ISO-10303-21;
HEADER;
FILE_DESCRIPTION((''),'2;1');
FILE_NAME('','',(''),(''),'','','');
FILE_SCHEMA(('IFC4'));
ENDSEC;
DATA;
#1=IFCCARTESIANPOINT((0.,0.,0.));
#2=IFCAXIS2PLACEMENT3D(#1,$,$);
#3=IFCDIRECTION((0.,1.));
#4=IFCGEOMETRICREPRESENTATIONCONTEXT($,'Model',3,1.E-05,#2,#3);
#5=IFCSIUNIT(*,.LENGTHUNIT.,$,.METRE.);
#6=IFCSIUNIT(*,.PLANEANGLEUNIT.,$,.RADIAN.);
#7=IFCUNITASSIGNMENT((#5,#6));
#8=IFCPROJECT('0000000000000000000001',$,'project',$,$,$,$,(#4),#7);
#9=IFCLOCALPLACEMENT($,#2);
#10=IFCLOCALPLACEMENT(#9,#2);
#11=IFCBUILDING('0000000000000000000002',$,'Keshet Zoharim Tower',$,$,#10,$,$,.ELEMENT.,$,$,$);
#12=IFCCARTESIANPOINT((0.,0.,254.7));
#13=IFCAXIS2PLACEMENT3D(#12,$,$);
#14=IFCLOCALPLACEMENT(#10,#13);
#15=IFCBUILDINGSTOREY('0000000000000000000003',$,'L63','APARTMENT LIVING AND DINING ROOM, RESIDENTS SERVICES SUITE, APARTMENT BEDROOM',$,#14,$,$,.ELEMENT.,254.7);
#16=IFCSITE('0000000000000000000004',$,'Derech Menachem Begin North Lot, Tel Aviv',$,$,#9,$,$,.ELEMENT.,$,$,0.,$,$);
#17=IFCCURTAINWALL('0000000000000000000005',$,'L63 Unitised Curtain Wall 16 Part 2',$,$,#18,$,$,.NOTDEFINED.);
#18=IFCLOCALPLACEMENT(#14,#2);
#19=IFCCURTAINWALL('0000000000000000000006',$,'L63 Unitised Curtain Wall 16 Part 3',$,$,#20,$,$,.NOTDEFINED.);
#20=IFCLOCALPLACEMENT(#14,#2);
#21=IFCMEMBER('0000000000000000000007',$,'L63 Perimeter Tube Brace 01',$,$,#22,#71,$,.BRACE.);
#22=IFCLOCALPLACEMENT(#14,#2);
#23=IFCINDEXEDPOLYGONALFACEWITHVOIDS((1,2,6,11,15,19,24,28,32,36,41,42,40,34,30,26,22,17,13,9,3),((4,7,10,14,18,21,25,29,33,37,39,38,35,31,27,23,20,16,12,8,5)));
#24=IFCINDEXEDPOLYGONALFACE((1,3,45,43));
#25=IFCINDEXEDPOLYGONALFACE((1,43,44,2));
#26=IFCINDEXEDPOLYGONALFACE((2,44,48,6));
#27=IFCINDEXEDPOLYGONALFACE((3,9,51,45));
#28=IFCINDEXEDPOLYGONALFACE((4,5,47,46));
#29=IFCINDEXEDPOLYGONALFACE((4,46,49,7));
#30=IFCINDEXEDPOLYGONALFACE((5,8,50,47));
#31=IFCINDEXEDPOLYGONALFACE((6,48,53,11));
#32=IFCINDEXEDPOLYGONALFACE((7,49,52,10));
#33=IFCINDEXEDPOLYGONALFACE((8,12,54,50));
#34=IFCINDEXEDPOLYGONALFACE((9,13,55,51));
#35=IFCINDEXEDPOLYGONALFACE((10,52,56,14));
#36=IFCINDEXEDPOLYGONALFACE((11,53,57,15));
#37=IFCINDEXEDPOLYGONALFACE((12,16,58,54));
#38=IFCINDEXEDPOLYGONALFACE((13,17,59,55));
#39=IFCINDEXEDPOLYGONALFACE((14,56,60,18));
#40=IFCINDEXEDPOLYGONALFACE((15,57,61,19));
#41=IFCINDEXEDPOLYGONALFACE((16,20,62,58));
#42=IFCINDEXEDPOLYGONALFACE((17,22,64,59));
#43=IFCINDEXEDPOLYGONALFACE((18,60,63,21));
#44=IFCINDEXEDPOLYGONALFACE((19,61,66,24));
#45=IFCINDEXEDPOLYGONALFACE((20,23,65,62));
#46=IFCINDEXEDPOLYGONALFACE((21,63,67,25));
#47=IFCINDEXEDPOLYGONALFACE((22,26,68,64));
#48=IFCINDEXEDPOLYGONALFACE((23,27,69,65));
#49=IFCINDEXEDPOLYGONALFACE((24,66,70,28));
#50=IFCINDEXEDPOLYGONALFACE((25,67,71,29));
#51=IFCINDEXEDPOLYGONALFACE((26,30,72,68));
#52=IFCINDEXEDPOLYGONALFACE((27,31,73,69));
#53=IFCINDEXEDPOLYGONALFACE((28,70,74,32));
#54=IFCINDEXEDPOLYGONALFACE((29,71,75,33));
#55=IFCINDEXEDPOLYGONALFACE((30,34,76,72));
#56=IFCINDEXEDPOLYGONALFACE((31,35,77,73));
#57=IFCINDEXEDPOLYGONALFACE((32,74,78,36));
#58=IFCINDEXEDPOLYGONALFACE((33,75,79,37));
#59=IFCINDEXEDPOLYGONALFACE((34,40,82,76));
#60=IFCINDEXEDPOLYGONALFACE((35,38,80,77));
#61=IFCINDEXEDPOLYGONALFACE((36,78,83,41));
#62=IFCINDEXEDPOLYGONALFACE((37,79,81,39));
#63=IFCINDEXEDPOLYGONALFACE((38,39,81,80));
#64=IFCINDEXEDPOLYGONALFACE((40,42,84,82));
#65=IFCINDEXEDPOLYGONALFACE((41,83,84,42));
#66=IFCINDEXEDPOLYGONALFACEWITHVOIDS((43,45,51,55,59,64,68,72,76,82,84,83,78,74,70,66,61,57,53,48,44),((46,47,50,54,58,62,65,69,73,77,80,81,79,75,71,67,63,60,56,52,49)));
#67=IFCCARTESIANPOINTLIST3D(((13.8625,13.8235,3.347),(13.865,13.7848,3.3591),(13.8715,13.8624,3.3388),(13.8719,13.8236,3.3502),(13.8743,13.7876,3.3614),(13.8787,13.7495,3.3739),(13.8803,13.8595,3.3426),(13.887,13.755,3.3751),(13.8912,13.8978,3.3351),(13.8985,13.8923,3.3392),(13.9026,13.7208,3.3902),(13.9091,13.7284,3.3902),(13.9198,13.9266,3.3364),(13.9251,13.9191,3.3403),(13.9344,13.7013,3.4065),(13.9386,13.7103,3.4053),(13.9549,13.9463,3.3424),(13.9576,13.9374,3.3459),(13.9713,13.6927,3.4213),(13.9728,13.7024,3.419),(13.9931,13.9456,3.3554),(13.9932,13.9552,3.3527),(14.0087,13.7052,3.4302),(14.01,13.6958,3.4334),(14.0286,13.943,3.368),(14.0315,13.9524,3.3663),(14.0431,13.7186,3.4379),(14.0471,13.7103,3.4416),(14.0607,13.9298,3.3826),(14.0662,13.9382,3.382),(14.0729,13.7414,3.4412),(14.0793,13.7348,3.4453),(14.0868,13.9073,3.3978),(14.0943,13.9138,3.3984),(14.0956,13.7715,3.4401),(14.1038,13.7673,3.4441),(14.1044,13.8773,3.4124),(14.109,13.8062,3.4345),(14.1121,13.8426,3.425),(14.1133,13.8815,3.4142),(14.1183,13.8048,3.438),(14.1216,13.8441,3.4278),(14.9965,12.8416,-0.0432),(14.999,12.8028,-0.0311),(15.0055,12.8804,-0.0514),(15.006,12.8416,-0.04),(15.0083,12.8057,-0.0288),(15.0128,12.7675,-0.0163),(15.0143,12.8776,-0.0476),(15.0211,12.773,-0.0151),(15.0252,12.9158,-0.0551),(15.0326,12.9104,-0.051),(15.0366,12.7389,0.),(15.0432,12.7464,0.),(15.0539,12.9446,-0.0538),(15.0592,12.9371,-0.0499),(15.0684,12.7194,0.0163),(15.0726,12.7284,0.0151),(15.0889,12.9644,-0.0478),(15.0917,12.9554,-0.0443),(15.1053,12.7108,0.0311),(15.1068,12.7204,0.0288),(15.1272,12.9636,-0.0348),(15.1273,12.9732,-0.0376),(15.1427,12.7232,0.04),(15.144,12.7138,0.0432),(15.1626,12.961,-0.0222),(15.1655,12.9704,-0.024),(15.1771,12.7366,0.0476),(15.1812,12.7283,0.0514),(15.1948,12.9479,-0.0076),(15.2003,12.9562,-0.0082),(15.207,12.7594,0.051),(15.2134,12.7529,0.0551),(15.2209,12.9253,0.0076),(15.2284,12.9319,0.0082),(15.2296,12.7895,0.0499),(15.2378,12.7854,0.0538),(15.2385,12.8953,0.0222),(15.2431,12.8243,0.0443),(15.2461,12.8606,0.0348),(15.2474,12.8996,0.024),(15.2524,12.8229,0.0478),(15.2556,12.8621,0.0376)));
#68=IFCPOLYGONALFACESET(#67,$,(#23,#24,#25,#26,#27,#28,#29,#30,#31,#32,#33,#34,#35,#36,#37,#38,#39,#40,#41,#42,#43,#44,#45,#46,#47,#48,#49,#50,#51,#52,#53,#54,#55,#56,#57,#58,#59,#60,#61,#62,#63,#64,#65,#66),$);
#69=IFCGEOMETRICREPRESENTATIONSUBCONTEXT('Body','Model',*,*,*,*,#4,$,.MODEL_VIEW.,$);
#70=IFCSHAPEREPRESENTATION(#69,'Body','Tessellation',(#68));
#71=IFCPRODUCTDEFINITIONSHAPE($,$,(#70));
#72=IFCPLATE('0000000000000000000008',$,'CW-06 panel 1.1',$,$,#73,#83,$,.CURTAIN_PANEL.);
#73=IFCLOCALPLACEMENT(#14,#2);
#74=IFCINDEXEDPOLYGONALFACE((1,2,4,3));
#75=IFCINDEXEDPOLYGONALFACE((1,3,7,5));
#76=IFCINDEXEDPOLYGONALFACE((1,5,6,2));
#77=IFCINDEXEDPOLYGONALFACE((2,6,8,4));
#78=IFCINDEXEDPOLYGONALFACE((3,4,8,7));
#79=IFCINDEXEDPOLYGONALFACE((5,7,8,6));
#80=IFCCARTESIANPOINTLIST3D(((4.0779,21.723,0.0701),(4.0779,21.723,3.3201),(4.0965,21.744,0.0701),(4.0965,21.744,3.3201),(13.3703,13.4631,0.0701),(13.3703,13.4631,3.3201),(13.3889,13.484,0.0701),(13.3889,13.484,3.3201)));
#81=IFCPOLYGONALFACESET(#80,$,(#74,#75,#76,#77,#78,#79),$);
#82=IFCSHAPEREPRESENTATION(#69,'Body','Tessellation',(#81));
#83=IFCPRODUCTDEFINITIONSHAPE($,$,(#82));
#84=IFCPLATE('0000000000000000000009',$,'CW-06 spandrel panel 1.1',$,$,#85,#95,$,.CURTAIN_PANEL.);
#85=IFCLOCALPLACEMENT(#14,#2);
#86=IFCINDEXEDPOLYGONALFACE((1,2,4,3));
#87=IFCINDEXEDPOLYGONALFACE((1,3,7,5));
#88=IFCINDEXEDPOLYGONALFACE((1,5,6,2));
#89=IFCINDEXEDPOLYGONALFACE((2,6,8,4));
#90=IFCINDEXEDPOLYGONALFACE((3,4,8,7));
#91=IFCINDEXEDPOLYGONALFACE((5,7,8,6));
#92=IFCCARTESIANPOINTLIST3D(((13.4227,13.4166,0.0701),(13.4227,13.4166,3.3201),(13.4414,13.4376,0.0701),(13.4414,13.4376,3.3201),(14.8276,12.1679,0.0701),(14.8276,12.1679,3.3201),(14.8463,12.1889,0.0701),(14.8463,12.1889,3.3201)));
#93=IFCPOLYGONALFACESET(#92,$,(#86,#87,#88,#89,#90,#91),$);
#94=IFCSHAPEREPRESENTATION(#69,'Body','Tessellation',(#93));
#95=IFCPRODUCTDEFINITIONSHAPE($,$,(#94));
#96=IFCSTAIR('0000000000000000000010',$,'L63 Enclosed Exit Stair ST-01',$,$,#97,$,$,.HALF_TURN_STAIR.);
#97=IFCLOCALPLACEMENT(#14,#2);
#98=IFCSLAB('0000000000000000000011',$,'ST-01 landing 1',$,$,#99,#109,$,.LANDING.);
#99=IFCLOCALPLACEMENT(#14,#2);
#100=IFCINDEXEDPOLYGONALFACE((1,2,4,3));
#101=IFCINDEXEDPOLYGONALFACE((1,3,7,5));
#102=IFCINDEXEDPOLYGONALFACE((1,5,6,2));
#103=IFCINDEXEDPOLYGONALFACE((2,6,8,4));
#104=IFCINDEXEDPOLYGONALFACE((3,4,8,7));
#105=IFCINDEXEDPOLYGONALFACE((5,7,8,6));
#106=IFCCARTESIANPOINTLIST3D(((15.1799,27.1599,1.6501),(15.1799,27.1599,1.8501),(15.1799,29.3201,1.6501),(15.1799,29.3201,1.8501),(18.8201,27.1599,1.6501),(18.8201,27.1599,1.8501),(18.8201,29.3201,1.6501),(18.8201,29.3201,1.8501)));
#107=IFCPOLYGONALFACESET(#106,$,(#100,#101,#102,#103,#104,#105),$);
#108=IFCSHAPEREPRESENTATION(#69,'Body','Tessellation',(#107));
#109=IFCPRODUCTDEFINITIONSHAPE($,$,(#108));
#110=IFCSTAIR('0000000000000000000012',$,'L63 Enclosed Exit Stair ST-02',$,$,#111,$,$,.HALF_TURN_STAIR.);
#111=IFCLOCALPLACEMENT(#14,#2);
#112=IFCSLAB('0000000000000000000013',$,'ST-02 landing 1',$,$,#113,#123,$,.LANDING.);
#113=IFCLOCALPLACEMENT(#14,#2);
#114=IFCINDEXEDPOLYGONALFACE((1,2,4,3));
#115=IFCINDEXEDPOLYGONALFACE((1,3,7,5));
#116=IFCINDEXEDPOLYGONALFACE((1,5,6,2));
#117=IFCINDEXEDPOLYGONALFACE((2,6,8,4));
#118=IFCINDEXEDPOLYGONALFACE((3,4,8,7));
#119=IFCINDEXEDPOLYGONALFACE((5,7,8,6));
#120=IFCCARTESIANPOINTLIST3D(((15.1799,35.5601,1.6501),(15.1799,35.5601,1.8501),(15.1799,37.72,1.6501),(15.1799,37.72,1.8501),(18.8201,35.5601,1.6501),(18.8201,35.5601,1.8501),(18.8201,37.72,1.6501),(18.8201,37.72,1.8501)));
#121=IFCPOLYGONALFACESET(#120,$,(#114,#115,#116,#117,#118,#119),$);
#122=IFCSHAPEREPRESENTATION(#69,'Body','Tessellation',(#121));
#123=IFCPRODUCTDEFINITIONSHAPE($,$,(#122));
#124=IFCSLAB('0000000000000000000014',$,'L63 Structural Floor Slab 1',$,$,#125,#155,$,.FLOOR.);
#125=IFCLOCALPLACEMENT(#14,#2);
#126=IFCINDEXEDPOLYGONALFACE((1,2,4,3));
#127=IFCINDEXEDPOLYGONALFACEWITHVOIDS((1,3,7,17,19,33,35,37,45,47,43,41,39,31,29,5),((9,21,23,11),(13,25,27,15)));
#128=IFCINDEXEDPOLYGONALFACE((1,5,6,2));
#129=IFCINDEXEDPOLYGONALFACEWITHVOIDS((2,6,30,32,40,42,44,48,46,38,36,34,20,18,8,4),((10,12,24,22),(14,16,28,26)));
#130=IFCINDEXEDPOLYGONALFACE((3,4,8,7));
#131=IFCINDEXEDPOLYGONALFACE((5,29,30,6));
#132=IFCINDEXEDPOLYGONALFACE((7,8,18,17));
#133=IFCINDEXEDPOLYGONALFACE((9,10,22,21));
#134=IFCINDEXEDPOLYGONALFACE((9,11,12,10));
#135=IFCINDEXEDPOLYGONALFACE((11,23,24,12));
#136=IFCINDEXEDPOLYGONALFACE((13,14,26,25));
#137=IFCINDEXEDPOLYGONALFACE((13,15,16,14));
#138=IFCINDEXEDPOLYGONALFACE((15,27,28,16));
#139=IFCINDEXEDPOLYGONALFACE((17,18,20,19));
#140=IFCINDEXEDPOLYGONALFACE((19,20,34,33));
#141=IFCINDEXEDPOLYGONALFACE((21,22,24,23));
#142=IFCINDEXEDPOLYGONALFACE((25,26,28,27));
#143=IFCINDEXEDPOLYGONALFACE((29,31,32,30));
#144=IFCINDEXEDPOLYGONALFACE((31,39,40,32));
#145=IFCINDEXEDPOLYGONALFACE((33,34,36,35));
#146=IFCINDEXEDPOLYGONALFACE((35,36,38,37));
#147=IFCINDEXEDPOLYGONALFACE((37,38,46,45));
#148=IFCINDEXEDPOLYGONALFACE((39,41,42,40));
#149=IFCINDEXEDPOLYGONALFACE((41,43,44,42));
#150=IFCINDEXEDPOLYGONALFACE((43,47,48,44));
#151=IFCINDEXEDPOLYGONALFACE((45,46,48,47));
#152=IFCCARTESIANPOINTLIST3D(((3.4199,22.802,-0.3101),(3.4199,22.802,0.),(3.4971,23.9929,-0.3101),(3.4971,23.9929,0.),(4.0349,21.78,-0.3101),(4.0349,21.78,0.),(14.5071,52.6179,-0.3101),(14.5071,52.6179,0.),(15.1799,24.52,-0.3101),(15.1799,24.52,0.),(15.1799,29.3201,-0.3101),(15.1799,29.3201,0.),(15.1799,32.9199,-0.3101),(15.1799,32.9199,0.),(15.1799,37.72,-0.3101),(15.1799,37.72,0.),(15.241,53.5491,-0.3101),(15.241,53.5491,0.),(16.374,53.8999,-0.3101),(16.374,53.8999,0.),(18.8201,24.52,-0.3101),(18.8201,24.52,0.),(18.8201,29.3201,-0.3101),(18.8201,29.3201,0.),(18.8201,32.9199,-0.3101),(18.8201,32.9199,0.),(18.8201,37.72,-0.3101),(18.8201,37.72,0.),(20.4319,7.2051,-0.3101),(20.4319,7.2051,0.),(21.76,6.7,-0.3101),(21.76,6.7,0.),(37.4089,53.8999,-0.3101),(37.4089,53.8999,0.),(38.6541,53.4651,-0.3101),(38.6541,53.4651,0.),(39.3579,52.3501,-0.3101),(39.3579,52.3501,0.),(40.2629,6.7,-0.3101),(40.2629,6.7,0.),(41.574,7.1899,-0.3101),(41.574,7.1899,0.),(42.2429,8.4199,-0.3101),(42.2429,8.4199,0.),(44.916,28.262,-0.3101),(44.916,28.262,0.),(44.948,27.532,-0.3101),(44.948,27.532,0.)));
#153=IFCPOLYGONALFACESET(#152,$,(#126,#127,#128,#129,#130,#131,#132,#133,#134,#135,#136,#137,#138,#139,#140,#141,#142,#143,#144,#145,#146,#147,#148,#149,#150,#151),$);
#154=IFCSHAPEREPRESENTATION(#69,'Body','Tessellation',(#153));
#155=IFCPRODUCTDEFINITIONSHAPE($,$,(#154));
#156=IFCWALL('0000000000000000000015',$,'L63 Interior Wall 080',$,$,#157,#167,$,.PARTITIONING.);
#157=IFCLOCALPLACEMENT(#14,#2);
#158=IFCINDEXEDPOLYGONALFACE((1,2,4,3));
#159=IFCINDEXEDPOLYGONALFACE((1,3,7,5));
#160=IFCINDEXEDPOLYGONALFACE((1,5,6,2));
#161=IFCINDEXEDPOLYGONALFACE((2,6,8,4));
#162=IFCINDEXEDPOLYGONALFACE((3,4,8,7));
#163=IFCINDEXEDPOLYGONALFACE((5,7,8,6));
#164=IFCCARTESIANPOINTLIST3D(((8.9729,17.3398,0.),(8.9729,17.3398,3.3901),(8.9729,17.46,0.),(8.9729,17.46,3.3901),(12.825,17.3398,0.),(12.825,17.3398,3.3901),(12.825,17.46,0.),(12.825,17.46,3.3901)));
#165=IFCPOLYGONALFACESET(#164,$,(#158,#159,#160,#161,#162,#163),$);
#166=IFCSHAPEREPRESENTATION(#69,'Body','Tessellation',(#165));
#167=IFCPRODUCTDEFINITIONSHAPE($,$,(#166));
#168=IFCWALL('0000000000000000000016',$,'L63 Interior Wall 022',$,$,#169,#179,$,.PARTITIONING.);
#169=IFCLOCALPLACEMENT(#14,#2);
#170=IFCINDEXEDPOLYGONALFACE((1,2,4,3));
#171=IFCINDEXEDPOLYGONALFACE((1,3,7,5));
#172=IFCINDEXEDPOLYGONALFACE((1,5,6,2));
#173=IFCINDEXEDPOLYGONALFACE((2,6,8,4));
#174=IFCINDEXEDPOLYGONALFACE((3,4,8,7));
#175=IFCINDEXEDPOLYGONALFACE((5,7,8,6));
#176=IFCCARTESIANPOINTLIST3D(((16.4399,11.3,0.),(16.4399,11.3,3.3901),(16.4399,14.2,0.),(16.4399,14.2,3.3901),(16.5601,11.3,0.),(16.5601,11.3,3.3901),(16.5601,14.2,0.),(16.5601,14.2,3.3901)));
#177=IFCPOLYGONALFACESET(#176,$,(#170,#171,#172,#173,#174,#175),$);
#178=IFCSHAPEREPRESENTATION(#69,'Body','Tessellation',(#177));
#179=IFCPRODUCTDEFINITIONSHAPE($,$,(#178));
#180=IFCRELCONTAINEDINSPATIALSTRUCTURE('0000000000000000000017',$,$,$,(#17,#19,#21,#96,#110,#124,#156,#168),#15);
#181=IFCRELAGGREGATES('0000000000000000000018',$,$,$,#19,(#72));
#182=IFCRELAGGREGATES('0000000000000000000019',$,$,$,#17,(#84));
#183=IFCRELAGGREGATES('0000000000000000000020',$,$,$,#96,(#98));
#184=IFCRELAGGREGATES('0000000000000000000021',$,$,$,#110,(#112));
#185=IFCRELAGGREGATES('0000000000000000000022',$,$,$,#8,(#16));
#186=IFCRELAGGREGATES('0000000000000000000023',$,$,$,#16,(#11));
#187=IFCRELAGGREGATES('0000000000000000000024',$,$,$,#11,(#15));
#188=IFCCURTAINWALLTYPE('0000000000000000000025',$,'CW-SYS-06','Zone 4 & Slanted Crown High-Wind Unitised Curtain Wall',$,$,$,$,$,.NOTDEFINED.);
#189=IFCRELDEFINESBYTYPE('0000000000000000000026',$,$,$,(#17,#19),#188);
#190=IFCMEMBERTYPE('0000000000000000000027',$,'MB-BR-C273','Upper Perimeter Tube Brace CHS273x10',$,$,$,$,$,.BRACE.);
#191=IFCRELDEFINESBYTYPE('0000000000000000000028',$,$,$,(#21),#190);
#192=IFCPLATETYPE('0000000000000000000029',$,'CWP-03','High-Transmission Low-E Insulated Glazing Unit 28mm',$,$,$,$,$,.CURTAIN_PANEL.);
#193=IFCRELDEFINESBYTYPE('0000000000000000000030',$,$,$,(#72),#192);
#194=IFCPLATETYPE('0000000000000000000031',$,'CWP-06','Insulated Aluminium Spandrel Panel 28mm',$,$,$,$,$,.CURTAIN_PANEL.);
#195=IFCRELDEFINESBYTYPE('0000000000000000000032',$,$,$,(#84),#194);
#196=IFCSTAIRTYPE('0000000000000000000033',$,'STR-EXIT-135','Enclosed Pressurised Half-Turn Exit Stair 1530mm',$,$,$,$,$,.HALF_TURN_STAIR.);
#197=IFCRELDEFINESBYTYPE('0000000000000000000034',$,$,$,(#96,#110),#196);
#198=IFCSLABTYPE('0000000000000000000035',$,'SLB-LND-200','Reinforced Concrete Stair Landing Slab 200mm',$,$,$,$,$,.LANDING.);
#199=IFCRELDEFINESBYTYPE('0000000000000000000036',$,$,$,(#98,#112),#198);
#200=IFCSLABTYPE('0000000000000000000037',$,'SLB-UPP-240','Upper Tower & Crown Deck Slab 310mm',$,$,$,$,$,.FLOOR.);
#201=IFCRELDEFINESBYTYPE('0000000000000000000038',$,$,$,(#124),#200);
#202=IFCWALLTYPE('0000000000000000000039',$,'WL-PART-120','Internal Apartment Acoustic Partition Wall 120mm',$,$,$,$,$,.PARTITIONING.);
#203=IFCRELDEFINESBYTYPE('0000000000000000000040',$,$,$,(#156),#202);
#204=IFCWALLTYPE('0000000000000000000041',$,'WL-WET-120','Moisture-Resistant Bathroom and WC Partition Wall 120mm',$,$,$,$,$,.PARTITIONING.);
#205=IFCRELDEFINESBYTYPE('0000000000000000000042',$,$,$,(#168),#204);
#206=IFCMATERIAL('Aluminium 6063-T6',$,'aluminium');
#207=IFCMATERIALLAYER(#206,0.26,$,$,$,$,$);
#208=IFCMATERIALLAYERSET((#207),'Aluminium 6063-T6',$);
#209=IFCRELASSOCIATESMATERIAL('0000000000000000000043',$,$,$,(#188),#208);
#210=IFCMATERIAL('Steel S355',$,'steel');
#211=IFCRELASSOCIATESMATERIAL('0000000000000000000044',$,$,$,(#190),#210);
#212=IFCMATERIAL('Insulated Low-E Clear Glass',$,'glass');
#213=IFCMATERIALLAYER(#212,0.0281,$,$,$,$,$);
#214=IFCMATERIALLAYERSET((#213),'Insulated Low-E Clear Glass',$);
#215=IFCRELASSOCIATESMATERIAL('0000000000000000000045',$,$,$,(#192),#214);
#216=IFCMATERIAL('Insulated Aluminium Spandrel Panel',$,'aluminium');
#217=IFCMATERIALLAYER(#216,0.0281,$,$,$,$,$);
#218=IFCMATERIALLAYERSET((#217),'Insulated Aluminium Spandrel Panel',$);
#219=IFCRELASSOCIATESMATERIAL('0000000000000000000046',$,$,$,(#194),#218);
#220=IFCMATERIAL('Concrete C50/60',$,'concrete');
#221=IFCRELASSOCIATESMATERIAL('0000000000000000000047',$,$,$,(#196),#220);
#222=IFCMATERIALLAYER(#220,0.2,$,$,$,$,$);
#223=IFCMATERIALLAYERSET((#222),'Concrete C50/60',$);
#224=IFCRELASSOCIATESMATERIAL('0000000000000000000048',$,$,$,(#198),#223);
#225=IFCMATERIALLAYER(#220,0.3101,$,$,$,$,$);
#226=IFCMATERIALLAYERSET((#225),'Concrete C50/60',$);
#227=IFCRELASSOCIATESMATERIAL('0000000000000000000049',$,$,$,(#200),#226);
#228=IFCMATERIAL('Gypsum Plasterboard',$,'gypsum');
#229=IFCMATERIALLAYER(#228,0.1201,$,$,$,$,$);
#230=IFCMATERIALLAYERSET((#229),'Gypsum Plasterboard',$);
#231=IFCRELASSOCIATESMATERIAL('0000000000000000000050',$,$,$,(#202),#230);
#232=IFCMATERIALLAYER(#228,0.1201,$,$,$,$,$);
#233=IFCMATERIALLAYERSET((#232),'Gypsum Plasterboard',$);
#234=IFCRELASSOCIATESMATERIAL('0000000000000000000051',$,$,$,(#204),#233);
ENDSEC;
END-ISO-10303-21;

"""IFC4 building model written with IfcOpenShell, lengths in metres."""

from ifc_helpers import new_model, si_unit, direction, frame, frame_2d, origin, origin_2d, place, context, subcontext, project, spatial, polyline, rectangle, hollow_circle, outline, extrude, material, layer, layer_set, material_profile, profile_set, type_object, element, aggregate, save


model = new_model("IFC4")

# Units and contexts
model_context = context("Model", 3, precision=1e-05, world=origin(), true_north=direction((0.0, 1.0)))
body_context = subcontext(model_context, "Body", "Model", "MODEL_VIEW")
ifc_project = project(units=[si_unit("LENGTHUNIT", "METRE"), si_unit("PLANEANGLEUNIT", "RADIAN")], contexts=[model_context])

# Site, building, storey
site_placement = place(None, origin())
site = spatial("IfcSite", under=ifc_project, at=site_placement, Name="Derech Menachem Begin North Lot, Tel Aviv", CompositionType="ELEMENT", RefElevation=0.0)
building_placement = place(site_placement, origin())
building = spatial("IfcBuilding", under=site, at=building_placement, Name="Keshet Zoharim Tower", CompositionType="ELEMENT")
storey_placement = place(building_placement, frame((0.0, 0.0, 254.7)))
storey = spatial("IfcBuildingStorey", under=building, at=storey_placement, Name="L63", Description="APARTMENT LIVING AND DINING ROOM, RESIDENTS SERVICES SUITE, APARTMENT BEDROOM", CompositionType="ELEMENT", Elevation=254.7)

# Shared definitions
ifc_material_1 = material(Name="Steel S355", Category="steel")

# Shared definitions
ifc_material_2 = material(Name="Aluminium 6063-T6", Category="aluminium")
ifc_layer_1 = layer(ifc_material_2, 0.26)
ifc_layer_set_1 = layer_set([ifc_layer_1], Name="Aluminium 6063-T6")
curtain_wall_type = type_object("IfcCurtainWallType", Name="CW-SYS-06", Description="Zone 4 & Slanted Crown High-Wind Unitised Curtain Wall", PredefinedType="NOTDEFINED", material=ifc_layer_set_1)

# Curtain walls
curtain_wall_1_placement = place(storey_placement, origin())
curtain_wall_1 = element("IfcCurtainWall", 1, at=curtain_wall_1_placement, inside=storey, type_object=curtain_wall_type, Name="L63 Unitised Curtain Wall 16 Part 2", PredefinedType="NOTDEFINED")
curtain_wall_2_placement = place(storey_placement, origin())
curtain_wall_2 = element("IfcCurtainWall", 2, at=curtain_wall_2_placement, inside=storey, type_object=curtain_wall_type, Name="L63 Unitised Curtain Wall 16 Part 3", PredefinedType="NOTDEFINED")

# Member
ifc_material_profile_1 = material_profile(ifc_material_1, hollow_circle(Radius=0.1365, WallThickness=0.01, at=origin_2d()), Name="CHS273x10")
ifc_profile_set_1 = profile_set([ifc_material_profile_1], Name="Steel S355")
member_type_1 = type_object("IfcMemberType", Name="MB-BR-C273", Description="Upper Perimeter Tube Brace CHS273x10", PredefinedType="BRACE", material=ifc_profile_set_1)
member_1_placement = place(storey_placement, frame((15.126, 12.842, 0.0), z_axis=(-0.305901, 0.264873, 0.914476), x_axis=(-0.65459, -0.755984, 0.0)))
element("IfcMember", 3, at=member_1_placement, inside=storey, type_object=member_type_1, Name="L63 Perimeter Tube Brace 01", PredefinedType="BRACE", context=body_context, shape_type="SweptSolid", body=[
    extrude(hollow_circle(Radius=0.1365, WallThickness=0.01, at=origin_2d()), origin(), (0.0, 0.0, 1.0), 3.7073),
])

# Plates
ifc_material_3 = material(Name="Insulated Low-E Clear Glass", Category="glass")
ifc_layer_2 = layer(ifc_material_3, 0.0281)
ifc_layer_set_2 = layer_set([ifc_layer_2], Name="Insulated Low-E Clear Glass")
plate_type_1 = type_object("IfcPlateType", Name="CWP-03", Description="High-Transmission Low-E Insulated Glazing Unit 28mm", PredefinedType="CURTAIN_PANEL", material=ifc_layer_set_2)
plate_1_placement = place(storey_placement, frame((8.7334, 17.6035, 0.0701), z_axis=(0.0, 0.0, 1.0), x_axis=(-0.747409, 0.664364, 0.0)))
plate_1 = element("IfcPlate", 4, at=plate_1_placement, type_object=plate_type_1, Name="CW-06 panel 1.1", PredefinedType="CURTAIN_PANEL", context=body_context, shape_type="SweptSolid", body=[
    extrude(rectangle(XDim=12.4329, YDim=0.0281, at=origin_2d()), origin(), (0.0, 0.0, 1.0), 3.25),
])
aggregate(curtain_wall_2, [plate_1])
ifc_material_4 = material(Name="Insulated Aluminium Spandrel Panel", Category="aluminium")
ifc_layer_3 = layer(ifc_material_4, 0.0281)
ifc_layer_set_3 = layer_set([ifc_layer_3], Name="Insulated Aluminium Spandrel Panel")
plate_type_2 = type_object("IfcPlateType", Name="CWP-06", Description="Insulated Aluminium Spandrel Panel 28mm", PredefinedType="CURTAIN_PANEL", material=ifc_layer_set_3)
plate_2_placement = place(storey_placement, frame((14.1345, 12.8027, 0.0701), z_axis=(0.0, 0.0, 1.0), x_axis=(-0.747432, 0.664338, 0.0)))
plate_2 = element("IfcPlate", 5, at=plate_2_placement, type_object=plate_type_2, Name="CW-06 spandrel panel 1.1", PredefinedType="CURTAIN_PANEL", context=body_context, shape_type="SweptSolid", body=[
    extrude(rectangle(XDim=1.8796, YDim=0.0281, at=origin_2d()), origin(), (0.0, 0.0, 1.0), 3.25),
])
aggregate(curtain_wall_1, [plate_2])

# Stairs, slabs
ifc_material_5 = material(Name="Concrete C50/60", Category="concrete")
stair_type = type_object("IfcStairType", Name="STR-EXIT-135", Description="Enclosed Pressurised Half-Turn Exit Stair 1530mm", PredefinedType="HALF_TURN_STAIR", material=ifc_material_5)
stair_1_placement = place(storey_placement, origin())
stair_1 = element("IfcStair", 6, at=stair_1_placement, inside=storey, type_object=stair_type, Name="L63 Enclosed Exit Stair ST-01", PredefinedType="HALF_TURN_STAIR")
ifc_layer_4 = layer(ifc_material_5, 0.2)
ifc_layer_set_4 = layer_set([ifc_layer_4], Name="Concrete C50/60")
slab_type_1 = type_object("IfcSlabType", Name="SLB-LND-200", Description="Reinforced Concrete Stair Landing Slab 200mm", PredefinedType="LANDING", material=ifc_layer_set_4)
slab_1_placement = place(storey_placement, frame((0.0, 0.0, 1.6501)))
slab_1 = element("IfcSlab", 7, at=slab_1_placement, type_object=slab_type_1, Name="ST-01 landing 1", PredefinedType="LANDING", context=body_context, shape_type="SweptSolid", body=[
    extrude(outline(polyline([(15.1799, 27.1599), (18.8201, 27.1599), (18.8201, 29.3201), (15.1799, 29.3201), (15.1799, 27.1599)])), origin(), (0.0, 0.0, 1.0), 0.2),
])
aggregate(stair_1, [slab_1])
stair_2_placement = place(storey_placement, origin())
stair_2 = element("IfcStair", 8, at=stair_2_placement, inside=storey, type_object=stair_type, Name="L63 Enclosed Exit Stair ST-02", PredefinedType="HALF_TURN_STAIR")
slab_2_placement = place(storey_placement, frame((0.0, 0.0, 1.6501)))
slab_2 = element("IfcSlab", 9, at=slab_2_placement, type_object=slab_type_1, Name="ST-02 landing 1", PredefinedType="LANDING", context=body_context, shape_type="SweptSolid", body=[
    extrude(outline(polyline([(15.1799, 35.5601), (18.8201, 35.5601), (18.8201, 37.72), (15.1799, 37.72), (15.1799, 35.5601)])), origin(), (0.0, 0.0, 1.0), 0.2),
])
aggregate(stair_2, [slab_2])

# Slab
ifc_layer_5 = layer(ifc_material_5, 0.3101)
ifc_layer_set_5 = layer_set([ifc_layer_5], Name="Concrete C50/60")
slab_type_2 = type_object("IfcSlabType", Name="SLB-UPP-240", Description="Upper Tower & Crown Deck Slab 310mm", PredefinedType="FLOOR", material=ifc_layer_set_5)
slab_3_placement = place(storey_placement, frame((0.0, 0.0, -0.3101)))
element("IfcSlab", 10, at=slab_3_placement, inside=storey, type_object=slab_type_2, Name="L63 Structural Floor Slab 1", PredefinedType="FLOOR", context=body_context, shape_type="SweptSolid", body=[
    extrude(outline(polyline([(4.0349, 21.78), (3.4199, 22.802), (3.4971, 23.9929), (14.5071, 52.6179), (15.241, 53.5491), (16.374, 53.8999), (37.4089, 53.8999), (38.6541, 53.4651), (39.3579, 52.3501), (44.916, 28.262), (44.948, 27.532), (42.2429, 8.4199), (41.574, 7.1899), (40.2629, 6.7), (21.76, 6.7), (20.4319, 7.2051), (4.0349, 21.78)]), holes=[polyline([(15.1799, 24.52), (18.8201, 24.52), (18.8201, 29.3201), (15.1799, 29.3201), (15.1799, 24.52)]), polyline([(15.1799, 32.9199), (18.8201, 32.9199), (18.8201, 37.72), (15.1799, 37.72), (15.1799, 32.9199)])]), origin(), (0.0, 0.0, 1.0), 0.3101),
])

# Shared definitions
ifc_material_6 = material(Name="Gypsum Plasterboard", Category="gypsum")

# Walls
ifc_layer_6 = layer(ifc_material_6, 0.1201)
ifc_layer_set_6 = layer_set([ifc_layer_6], Name="Gypsum Plasterboard")
wall_type_1 = type_object("IfcWallType", Name="WL-PART-120", Description="Internal Apartment Acoustic Partition Wall 120mm", PredefinedType="PARTITIONING", material=ifc_layer_set_6)
wall_1_placement = place(storey_placement, frame((8.9729, 17.3999, 0.0), z_axis=(0.0, 0.0, 1.0), x_axis=(1.0, 0.0, 0.0)))
element("IfcWall", 11, at=wall_1_placement, inside=storey, type_object=wall_type_1, Name="L63 Interior Wall 080", PredefinedType="PARTITIONING", context=body_context, shape_type="SweptSolid", body=[
    extrude(rectangle(XDim=3.8521, YDim=0.1201, at=frame_2d((1.926, 0.0))), origin(), (0.0, 0.0, 1.0), 3.3901),
])
ifc_layer_7 = layer(ifc_material_6, 0.1201)
ifc_layer_set_7 = layer_set([ifc_layer_7], Name="Gypsum Plasterboard")
wall_type_2 = type_object("IfcWallType", Name="WL-WET-120", Description="Moisture-Resistant Bathroom and WC Partition Wall 120mm", PredefinedType="PARTITIONING", material=ifc_layer_set_7)
wall_2_placement = place(storey_placement, frame((16.5, 11.3, 0.0), z_axis=(0.0, 0.0, 1.0), x_axis=(0.0, 1.0, 0.0)))
element("IfcWall", 12, at=wall_2_placement, inside=storey, type_object=wall_type_2, Name="L63 Interior Wall 022", PredefinedType="PARTITIONING", context=body_context, shape_type="SweptSolid", body=[
    extrude(rectangle(XDim=2.8999, YDim=0.1201, at=frame_2d((1.45, 0.0))), origin(), (0.0, 0.0, 1.0), 3.3901),
])

save(model, "model.ifc")
